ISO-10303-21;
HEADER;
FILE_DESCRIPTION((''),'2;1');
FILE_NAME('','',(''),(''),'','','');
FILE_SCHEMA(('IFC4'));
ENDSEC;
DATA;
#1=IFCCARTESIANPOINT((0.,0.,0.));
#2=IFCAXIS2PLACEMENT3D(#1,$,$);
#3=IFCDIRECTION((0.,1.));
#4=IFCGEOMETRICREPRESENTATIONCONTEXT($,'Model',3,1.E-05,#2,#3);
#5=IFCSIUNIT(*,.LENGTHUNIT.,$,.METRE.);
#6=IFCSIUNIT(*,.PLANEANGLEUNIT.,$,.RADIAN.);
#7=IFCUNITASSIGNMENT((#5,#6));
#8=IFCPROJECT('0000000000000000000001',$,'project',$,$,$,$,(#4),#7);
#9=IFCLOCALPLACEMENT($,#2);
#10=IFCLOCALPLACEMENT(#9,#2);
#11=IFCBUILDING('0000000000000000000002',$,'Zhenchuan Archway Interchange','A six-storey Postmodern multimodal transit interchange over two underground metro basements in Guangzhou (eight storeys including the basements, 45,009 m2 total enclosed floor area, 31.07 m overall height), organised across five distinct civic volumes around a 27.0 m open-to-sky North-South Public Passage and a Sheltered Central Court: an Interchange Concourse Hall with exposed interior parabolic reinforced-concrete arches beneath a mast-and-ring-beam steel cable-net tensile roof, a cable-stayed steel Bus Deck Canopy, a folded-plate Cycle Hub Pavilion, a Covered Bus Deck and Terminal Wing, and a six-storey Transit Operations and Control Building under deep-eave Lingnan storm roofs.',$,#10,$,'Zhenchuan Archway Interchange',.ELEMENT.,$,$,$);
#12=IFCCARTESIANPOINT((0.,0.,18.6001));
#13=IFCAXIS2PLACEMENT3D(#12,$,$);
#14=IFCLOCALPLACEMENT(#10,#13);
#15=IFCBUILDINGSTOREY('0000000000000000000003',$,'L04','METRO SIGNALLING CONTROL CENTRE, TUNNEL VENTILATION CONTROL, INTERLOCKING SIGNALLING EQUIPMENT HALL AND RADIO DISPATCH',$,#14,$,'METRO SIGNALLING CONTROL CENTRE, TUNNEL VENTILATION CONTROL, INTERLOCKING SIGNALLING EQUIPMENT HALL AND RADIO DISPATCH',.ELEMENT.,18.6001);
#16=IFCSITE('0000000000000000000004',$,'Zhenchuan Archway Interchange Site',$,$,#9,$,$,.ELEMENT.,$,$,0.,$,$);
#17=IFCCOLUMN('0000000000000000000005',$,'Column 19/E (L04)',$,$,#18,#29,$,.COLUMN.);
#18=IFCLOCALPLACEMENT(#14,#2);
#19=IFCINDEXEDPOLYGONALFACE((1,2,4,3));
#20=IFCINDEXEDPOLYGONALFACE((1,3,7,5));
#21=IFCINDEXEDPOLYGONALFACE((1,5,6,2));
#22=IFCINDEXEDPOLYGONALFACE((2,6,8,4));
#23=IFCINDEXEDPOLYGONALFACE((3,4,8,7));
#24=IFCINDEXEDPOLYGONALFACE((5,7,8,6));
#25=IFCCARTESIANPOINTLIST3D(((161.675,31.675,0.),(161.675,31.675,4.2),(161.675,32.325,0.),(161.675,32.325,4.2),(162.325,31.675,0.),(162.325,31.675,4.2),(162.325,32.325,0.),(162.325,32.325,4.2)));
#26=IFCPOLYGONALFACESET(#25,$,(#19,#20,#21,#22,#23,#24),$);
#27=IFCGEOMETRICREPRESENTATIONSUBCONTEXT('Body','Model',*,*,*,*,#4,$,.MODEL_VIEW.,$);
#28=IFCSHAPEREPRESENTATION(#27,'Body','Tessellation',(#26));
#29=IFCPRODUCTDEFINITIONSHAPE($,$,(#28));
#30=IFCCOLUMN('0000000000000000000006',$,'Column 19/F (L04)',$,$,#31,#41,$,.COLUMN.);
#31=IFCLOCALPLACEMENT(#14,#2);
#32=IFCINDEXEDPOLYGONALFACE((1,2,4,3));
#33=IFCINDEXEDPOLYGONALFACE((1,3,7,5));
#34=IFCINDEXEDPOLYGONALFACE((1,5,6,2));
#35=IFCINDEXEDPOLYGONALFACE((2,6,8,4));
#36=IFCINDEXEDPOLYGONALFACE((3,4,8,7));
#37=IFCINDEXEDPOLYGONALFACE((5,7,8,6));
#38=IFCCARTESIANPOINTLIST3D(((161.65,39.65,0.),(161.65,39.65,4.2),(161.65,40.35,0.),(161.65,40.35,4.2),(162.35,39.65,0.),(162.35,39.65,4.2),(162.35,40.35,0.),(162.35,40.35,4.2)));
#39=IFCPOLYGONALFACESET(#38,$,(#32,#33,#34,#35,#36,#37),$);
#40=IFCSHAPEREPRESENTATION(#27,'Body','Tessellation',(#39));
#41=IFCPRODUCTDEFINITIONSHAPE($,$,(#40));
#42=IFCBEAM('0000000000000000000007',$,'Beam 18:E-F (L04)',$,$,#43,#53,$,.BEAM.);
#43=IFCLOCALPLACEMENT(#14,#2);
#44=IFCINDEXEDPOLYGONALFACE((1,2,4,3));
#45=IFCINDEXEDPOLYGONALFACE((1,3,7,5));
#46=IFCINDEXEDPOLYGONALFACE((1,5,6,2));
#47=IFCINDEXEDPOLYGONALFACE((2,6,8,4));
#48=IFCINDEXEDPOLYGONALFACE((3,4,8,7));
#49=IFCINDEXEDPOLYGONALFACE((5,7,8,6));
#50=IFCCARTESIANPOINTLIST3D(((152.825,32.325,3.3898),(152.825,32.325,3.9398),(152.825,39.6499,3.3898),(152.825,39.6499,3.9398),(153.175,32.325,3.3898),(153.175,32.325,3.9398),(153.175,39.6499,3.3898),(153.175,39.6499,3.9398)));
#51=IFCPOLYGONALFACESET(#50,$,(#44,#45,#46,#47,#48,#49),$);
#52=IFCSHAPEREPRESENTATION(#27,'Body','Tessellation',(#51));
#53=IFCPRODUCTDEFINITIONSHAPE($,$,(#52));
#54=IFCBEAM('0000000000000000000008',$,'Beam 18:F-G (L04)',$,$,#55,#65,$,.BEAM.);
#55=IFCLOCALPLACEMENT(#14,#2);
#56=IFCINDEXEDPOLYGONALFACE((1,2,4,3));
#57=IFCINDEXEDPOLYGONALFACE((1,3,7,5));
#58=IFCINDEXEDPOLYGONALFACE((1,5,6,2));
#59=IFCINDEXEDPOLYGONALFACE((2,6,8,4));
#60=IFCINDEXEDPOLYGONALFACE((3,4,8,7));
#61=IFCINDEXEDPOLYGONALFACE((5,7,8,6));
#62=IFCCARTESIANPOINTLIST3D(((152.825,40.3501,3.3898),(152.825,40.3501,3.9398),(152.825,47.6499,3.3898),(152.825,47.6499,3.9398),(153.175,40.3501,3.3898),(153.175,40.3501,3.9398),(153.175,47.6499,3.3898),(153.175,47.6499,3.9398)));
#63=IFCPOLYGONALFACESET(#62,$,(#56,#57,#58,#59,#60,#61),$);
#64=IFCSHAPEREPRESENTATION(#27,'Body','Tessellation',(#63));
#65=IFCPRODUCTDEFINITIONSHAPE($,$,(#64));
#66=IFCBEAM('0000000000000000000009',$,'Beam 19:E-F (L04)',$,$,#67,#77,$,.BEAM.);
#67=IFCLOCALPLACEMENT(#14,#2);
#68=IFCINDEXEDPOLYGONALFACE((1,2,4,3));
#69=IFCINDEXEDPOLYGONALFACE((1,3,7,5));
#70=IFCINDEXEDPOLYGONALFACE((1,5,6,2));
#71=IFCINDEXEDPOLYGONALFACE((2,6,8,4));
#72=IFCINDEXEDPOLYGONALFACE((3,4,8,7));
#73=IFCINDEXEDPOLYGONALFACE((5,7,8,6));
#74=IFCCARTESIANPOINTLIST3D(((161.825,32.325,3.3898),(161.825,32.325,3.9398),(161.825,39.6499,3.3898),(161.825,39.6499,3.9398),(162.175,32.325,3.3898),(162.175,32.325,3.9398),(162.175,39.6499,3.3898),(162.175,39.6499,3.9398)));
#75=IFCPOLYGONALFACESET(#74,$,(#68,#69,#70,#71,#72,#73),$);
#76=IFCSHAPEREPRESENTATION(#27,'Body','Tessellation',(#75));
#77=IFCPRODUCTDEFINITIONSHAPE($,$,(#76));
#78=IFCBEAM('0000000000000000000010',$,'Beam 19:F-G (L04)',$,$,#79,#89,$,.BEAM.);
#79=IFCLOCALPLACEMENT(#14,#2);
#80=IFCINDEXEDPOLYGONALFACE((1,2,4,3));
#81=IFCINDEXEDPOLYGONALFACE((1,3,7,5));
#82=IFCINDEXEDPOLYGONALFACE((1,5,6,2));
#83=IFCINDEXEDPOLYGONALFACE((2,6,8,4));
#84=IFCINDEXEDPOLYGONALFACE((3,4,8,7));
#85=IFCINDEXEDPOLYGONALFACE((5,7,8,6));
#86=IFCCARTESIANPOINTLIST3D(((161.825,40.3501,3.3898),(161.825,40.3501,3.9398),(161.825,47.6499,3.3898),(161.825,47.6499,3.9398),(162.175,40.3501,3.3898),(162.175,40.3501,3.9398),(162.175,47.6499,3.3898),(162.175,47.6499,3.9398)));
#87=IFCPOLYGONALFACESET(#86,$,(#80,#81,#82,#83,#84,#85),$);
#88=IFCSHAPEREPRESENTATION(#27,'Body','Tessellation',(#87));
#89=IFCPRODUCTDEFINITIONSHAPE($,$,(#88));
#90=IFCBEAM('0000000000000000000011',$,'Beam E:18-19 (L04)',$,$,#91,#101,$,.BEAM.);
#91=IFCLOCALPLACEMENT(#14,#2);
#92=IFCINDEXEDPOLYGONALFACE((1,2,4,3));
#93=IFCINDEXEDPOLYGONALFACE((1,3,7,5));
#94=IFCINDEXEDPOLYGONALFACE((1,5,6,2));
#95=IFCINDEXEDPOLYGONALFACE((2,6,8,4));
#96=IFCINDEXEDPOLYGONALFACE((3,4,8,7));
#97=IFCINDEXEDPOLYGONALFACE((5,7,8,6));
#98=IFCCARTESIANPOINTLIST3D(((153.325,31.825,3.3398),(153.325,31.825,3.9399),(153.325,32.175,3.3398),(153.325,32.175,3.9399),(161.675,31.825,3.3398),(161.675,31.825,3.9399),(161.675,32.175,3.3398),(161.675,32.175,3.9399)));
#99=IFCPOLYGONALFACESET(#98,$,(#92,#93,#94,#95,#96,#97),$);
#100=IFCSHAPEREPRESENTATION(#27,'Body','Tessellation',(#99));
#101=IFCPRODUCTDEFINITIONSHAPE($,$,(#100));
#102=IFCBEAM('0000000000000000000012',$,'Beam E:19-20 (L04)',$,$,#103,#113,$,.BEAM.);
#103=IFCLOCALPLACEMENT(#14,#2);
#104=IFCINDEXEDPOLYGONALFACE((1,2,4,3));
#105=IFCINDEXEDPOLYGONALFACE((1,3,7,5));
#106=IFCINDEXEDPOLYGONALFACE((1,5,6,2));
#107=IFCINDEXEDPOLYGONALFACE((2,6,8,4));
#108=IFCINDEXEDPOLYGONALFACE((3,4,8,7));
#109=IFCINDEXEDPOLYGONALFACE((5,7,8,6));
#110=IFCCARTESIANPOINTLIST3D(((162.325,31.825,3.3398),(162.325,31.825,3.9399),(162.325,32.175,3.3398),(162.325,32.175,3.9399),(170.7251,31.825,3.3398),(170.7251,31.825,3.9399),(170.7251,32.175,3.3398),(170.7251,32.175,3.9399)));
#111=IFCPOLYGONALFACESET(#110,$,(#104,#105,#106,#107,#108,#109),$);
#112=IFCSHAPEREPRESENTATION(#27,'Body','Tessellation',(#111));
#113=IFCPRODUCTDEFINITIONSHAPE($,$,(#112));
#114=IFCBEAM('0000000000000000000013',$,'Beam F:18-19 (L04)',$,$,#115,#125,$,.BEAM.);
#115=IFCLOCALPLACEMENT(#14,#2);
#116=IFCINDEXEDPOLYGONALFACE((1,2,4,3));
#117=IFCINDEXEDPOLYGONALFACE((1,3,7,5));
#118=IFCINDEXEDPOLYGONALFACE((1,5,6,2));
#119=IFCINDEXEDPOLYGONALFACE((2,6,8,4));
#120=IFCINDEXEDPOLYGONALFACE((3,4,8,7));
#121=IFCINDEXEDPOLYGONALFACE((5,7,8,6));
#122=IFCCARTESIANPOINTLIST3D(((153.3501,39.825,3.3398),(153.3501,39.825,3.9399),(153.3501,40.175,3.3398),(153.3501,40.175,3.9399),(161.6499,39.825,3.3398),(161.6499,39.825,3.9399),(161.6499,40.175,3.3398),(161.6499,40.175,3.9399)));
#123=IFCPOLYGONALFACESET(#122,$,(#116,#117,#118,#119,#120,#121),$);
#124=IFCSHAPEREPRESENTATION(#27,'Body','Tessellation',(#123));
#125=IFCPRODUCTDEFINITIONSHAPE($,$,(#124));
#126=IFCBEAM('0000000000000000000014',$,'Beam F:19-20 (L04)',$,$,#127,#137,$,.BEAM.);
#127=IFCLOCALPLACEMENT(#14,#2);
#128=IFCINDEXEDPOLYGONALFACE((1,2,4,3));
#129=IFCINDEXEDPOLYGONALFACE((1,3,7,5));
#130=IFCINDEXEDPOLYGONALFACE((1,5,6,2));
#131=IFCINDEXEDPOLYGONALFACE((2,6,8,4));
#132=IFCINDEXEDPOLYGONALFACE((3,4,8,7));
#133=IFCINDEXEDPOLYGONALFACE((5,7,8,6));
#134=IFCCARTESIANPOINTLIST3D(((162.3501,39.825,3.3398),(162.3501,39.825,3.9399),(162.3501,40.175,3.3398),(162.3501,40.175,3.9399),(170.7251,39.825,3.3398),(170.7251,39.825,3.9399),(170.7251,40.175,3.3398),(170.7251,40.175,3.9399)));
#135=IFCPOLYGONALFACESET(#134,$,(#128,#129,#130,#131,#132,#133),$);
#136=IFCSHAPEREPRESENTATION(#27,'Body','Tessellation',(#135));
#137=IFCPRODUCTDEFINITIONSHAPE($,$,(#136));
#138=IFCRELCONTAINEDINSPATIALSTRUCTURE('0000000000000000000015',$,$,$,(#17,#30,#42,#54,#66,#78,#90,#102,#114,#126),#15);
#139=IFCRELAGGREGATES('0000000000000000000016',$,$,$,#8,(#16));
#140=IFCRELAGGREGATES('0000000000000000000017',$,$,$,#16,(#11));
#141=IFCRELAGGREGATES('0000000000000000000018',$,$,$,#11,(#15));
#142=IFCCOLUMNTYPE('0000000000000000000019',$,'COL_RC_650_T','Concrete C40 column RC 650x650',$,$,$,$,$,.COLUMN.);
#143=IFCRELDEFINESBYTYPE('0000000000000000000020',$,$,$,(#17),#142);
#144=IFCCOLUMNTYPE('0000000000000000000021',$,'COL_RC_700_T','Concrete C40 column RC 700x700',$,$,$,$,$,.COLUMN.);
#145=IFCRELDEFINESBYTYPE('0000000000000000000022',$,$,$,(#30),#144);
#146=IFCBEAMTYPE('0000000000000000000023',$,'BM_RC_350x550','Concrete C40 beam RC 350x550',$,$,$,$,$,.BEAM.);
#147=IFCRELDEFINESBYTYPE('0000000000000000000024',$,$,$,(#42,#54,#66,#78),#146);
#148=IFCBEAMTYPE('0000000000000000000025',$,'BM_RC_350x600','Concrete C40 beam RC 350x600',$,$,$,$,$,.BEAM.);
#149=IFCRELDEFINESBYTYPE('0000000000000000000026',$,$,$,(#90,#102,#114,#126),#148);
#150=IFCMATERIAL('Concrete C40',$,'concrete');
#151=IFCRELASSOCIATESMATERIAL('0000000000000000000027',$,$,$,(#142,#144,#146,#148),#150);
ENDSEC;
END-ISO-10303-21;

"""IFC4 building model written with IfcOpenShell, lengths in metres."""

from ifc_helpers import new_model, si_unit, direction, frame, origin, origin_2d, place, context, subcontext, project, spatial, rectangle, extrude, material, material_profile, profile_set, type_object, element, save


model = new_model("IFC4")

# Units and contexts
model_context = context("Model", 3, precision=1e-05, world=origin(), true_north=direction((0.0, 1.0)))
body_context = subcontext(model_context, "Body", "Model", "MODEL_VIEW")
ifc_project = project(units=[si_unit("LENGTHUNIT", "METRE"), si_unit("PLANEANGLEUNIT", "RADIAN")], contexts=[model_context])

# Site, building, storey
site_placement = place(None, origin())
site = spatial("IfcSite", under=ifc_project, at=site_placement, Name="Zhenchuan Archway Interchange Site", CompositionType="ELEMENT", RefElevation=0.0)
building_placement = place(site_placement, origin())
building = spatial("IfcBuilding", under=site, at=building_placement, Name="Zhenchuan Archway Interchange", Description="A six-storey Postmodern multimodal transit interchange over two underground metro basements in Guangzhou (eight storeys including the basements, 45,009 m2 total enclosed floor area, 31.07 m overall height), organised across five distinct civic volumes around a 27.0 m open-to-sky North-South Public Passage and a Sheltered Central Court: an Interchange Concourse Hall with exposed interior parabolic reinforced-concrete arches beneath a mast-and-ring-beam steel cable-net tensile roof, a cable-stayed steel Bus Deck Canopy, a folded-plate Cycle Hub Pavilion, a Covered Bus Deck and Terminal Wing, and a six-storey Transit Operations and Control Building under deep-eave Lingnan storm roofs.", LongName="Zhenchuan Archway Interchange", CompositionType="ELEMENT")
storey_placement = place(building_placement, frame((0.0, 0.0, 18.6001)))
storey = spatial("IfcBuildingStorey", under=building, at=storey_placement, Name="L04", Description="METRO SIGNALLING CONTROL CENTRE, TUNNEL VENTILATION CONTROL, INTERLOCKING SIGNALLING EQUIPMENT HALL AND RADIO DISPATCH", LongName="METRO SIGNALLING CONTROL CENTRE, TUNNEL VENTILATION CONTROL, INTERLOCKING SIGNALLING EQUIPMENT HALL AND RADIO DISPATCH", CompositionType="ELEMENT", Elevation=18.6001)

# Columns
ifc_material_1 = material(Name="Concrete C40", Category="concrete")
ifc_material_profile_1 = material_profile(ifc_material_1, rectangle(XDim=0.6499, YDim=0.6499, at=origin_2d()), Name="RC 650x650")
ifc_profile_set_1 = profile_set([ifc_material_profile_1], Name="Concrete C40")
column_type_1 = type_object("IfcColumnType", Name="COL_RC_650_T", Description="Concrete C40 column RC 650x650", PredefinedType="COLUMN", material=ifc_profile_set_1)
column_1_placement = place(storey_placement, frame((162.0, 32.0, 0.0), z_axis=(0.0, 0.0, 1.0), x_axis=(1.0, 0.0, 0.0)))
element("IfcColumn", 1, at=column_1_placement, inside=storey, type_object=column_type_1, Name="Column 19/E (L04)", PredefinedType="COLUMN", context=body_context, shape_type="SweptSolid", body=[
    extrude(rectangle(XDim=0.6499, YDim=0.6499, at=origin_2d()), origin(), (0.0, 0.0, 1.0), 4.2),
])
ifc_material_profile_2 = material_profile(ifc_material_1, rectangle(XDim=0.7, YDim=0.7, at=origin_2d()), Name="RC 700x700")
ifc_profile_set_2 = profile_set([ifc_material_profile_2], Name="Concrete C40")
column_type_2 = type_object("IfcColumnType", Name="COL_RC_700_T", Description="Concrete C40 column RC 700x700", PredefinedType="COLUMN", material=ifc_profile_set_2)
column_2_placement = place(storey_placement, frame((162.0, 40.0, 0.0), z_axis=(0.0, 0.0, 1.0), x_axis=(1.0, 0.0, 0.0)))
element("IfcColumn", 2, at=column_2_placement, inside=storey, type_object=column_type_2, Name="Column 19/F (L04)", PredefinedType="COLUMN", context=body_context, shape_type="SweptSolid", body=[
    extrude(rectangle(XDim=0.7, YDim=0.7, at=origin_2d()), origin(), (0.0, 0.0, 1.0), 4.2),
])

# Beams
ifc_material_profile_3 = material_profile(ifc_material_1, rectangle(XDim=0.3501, YDim=0.55, at=origin_2d()), Name="RC 350x550")
ifc_profile_set_3 = profile_set([ifc_material_profile_3], Name="Concrete C40")
beam_type_1 = type_object("IfcBeamType", Name="BM_RC_350x550", Description="Concrete C40 beam RC 350x550", PredefinedType="BEAM", material=ifc_profile_set_3)
beam_1_placement = place(storey_placement, frame((153.0, 32.325, 3.6648), z_axis=(0.0, 1.0, 0.0), x_axis=(-1.0, 0.0, 0.0)))
element("IfcBeam", 3, at=beam_1_placement, inside=storey, type_object=beam_type_1, Name="Beam 18:E-F (L04)", PredefinedType="BEAM", context=body_context, shape_type="SweptSolid", body=[
    extrude(rectangle(XDim=0.3501, YDim=0.55, at=origin_2d()), origin(), (0.0, 0.0, 1.0), 7.325),
])
beam_2_placement = place(storey_placement, frame((153.0, 40.3501, 3.6648), z_axis=(0.0, 1.0, 0.0), x_axis=(-1.0, 0.0, 0.0)))
element("IfcBeam", 4, at=beam_2_placement, inside=storey, type_object=beam_type_1, Name="Beam 18:F-G (L04)", PredefinedType="BEAM", context=body_context, shape_type="SweptSolid", body=[
    extrude(rectangle(XDim=0.3501, YDim=0.55, at=origin_2d()), origin(), (0.0, 0.0, 1.0), 7.2998),
])
beam_3_placement = place(storey_placement, frame((162.0, 32.325, 3.6648), z_axis=(0.0, 1.0, 0.0), x_axis=(-1.0, 0.0, 0.0)))
element("IfcBeam", 5, at=beam_3_placement, inside=storey, type_object=beam_type_1, Name="Beam 19:E-F (L04)", PredefinedType="BEAM", context=body_context, shape_type="SweptSolid", body=[
    extrude(rectangle(XDim=0.3501, YDim=0.55, at=origin_2d()), origin(), (0.0, 0.0, 1.0), 7.325),
])
beam_4_placement = place(storey_placement, frame((162.0, 40.3501, 3.6648), z_axis=(0.0, 1.0, 0.0), x_axis=(-1.0, 0.0, 0.0)))
element("IfcBeam", 6, at=beam_4_placement, inside=storey, type_object=beam_type_1, Name="Beam 19:F-G (L04)", PredefinedType="BEAM", context=body_context, shape_type="SweptSolid", body=[
    extrude(rectangle(XDim=0.3501, YDim=0.55, at=origin_2d()), origin(), (0.0, 0.0, 1.0), 7.2998),
])
ifc_material_profile_4 = material_profile(ifc_material_1, rectangle(XDim=0.3501, YDim=0.6001, at=origin_2d()), Name="RC 350x600")
ifc_profile_set_4 = profile_set([ifc_material_profile_4], Name="Concrete C40")
beam_type_2 = type_object("IfcBeamType", Name="BM_RC_350x600", Description="Concrete C40 beam RC 350x600", PredefinedType="BEAM", material=ifc_profile_set_4)
beam_5_placement = place(storey_placement, frame((153.325, 32.0, 3.6399), z_axis=(1.0, 0.0, 0.0), x_axis=(0.0, 1.0, 0.0)))
element("IfcBeam", 7, at=beam_5_placement, inside=storey, type_object=beam_type_2, Name="Beam E:18-19 (L04)", PredefinedType="BEAM", context=body_context, shape_type="SweptSolid", body=[
    extrude(rectangle(XDim=0.3501, YDim=0.6001, at=origin_2d()), origin(), (0.0, 0.0, 1.0), 8.3501),
])
beam_6_placement = place(storey_placement, frame((162.325, 32.0, 3.6399), z_axis=(1.0, 0.0, 0.0), x_axis=(0.0, 1.0, 0.0)))
element("IfcBeam", 8, at=beam_6_placement, inside=storey, type_object=beam_type_2, Name="Beam E:19-20 (L04)", PredefinedType="BEAM", context=body_context, shape_type="SweptSolid", body=[
    extrude(rectangle(XDim=0.3501, YDim=0.6001, at=origin_2d()), origin(), (0.0, 0.0, 1.0), 8.4001),
])
beam_7_placement = place(storey_placement, frame((153.3501, 40.0, 3.6399), z_axis=(1.0, 0.0, 0.0), x_axis=(0.0, 1.0, 0.0)))
element("IfcBeam", 9, at=beam_7_placement, inside=storey, type_object=beam_type_2, Name="Beam F:18-19 (L04)", PredefinedType="BEAM", context=body_context, shape_type="SweptSolid", body=[
    extrude(rectangle(XDim=0.3501, YDim=0.6001, at=origin_2d()), origin(), (0.0, 0.0, 1.0), 8.2998),
])
beam_8_placement = place(storey_placement, frame((162.3501, 40.0, 3.6399), z_axis=(1.0, 0.0, 0.0), x_axis=(0.0, 1.0, 0.0)))
element("IfcBeam", 10, at=beam_8_placement, inside=storey, type_object=beam_type_2, Name="Beam F:19-20 (L04)", PredefinedType="BEAM", context=body_context, shape_type="SweptSolid", body=[
    extrude(rectangle(XDim=0.3501, YDim=0.6001, at=origin_2d()), origin(), (0.0, 0.0, 1.0), 8.375),
])

save(model, "model.ifc")
